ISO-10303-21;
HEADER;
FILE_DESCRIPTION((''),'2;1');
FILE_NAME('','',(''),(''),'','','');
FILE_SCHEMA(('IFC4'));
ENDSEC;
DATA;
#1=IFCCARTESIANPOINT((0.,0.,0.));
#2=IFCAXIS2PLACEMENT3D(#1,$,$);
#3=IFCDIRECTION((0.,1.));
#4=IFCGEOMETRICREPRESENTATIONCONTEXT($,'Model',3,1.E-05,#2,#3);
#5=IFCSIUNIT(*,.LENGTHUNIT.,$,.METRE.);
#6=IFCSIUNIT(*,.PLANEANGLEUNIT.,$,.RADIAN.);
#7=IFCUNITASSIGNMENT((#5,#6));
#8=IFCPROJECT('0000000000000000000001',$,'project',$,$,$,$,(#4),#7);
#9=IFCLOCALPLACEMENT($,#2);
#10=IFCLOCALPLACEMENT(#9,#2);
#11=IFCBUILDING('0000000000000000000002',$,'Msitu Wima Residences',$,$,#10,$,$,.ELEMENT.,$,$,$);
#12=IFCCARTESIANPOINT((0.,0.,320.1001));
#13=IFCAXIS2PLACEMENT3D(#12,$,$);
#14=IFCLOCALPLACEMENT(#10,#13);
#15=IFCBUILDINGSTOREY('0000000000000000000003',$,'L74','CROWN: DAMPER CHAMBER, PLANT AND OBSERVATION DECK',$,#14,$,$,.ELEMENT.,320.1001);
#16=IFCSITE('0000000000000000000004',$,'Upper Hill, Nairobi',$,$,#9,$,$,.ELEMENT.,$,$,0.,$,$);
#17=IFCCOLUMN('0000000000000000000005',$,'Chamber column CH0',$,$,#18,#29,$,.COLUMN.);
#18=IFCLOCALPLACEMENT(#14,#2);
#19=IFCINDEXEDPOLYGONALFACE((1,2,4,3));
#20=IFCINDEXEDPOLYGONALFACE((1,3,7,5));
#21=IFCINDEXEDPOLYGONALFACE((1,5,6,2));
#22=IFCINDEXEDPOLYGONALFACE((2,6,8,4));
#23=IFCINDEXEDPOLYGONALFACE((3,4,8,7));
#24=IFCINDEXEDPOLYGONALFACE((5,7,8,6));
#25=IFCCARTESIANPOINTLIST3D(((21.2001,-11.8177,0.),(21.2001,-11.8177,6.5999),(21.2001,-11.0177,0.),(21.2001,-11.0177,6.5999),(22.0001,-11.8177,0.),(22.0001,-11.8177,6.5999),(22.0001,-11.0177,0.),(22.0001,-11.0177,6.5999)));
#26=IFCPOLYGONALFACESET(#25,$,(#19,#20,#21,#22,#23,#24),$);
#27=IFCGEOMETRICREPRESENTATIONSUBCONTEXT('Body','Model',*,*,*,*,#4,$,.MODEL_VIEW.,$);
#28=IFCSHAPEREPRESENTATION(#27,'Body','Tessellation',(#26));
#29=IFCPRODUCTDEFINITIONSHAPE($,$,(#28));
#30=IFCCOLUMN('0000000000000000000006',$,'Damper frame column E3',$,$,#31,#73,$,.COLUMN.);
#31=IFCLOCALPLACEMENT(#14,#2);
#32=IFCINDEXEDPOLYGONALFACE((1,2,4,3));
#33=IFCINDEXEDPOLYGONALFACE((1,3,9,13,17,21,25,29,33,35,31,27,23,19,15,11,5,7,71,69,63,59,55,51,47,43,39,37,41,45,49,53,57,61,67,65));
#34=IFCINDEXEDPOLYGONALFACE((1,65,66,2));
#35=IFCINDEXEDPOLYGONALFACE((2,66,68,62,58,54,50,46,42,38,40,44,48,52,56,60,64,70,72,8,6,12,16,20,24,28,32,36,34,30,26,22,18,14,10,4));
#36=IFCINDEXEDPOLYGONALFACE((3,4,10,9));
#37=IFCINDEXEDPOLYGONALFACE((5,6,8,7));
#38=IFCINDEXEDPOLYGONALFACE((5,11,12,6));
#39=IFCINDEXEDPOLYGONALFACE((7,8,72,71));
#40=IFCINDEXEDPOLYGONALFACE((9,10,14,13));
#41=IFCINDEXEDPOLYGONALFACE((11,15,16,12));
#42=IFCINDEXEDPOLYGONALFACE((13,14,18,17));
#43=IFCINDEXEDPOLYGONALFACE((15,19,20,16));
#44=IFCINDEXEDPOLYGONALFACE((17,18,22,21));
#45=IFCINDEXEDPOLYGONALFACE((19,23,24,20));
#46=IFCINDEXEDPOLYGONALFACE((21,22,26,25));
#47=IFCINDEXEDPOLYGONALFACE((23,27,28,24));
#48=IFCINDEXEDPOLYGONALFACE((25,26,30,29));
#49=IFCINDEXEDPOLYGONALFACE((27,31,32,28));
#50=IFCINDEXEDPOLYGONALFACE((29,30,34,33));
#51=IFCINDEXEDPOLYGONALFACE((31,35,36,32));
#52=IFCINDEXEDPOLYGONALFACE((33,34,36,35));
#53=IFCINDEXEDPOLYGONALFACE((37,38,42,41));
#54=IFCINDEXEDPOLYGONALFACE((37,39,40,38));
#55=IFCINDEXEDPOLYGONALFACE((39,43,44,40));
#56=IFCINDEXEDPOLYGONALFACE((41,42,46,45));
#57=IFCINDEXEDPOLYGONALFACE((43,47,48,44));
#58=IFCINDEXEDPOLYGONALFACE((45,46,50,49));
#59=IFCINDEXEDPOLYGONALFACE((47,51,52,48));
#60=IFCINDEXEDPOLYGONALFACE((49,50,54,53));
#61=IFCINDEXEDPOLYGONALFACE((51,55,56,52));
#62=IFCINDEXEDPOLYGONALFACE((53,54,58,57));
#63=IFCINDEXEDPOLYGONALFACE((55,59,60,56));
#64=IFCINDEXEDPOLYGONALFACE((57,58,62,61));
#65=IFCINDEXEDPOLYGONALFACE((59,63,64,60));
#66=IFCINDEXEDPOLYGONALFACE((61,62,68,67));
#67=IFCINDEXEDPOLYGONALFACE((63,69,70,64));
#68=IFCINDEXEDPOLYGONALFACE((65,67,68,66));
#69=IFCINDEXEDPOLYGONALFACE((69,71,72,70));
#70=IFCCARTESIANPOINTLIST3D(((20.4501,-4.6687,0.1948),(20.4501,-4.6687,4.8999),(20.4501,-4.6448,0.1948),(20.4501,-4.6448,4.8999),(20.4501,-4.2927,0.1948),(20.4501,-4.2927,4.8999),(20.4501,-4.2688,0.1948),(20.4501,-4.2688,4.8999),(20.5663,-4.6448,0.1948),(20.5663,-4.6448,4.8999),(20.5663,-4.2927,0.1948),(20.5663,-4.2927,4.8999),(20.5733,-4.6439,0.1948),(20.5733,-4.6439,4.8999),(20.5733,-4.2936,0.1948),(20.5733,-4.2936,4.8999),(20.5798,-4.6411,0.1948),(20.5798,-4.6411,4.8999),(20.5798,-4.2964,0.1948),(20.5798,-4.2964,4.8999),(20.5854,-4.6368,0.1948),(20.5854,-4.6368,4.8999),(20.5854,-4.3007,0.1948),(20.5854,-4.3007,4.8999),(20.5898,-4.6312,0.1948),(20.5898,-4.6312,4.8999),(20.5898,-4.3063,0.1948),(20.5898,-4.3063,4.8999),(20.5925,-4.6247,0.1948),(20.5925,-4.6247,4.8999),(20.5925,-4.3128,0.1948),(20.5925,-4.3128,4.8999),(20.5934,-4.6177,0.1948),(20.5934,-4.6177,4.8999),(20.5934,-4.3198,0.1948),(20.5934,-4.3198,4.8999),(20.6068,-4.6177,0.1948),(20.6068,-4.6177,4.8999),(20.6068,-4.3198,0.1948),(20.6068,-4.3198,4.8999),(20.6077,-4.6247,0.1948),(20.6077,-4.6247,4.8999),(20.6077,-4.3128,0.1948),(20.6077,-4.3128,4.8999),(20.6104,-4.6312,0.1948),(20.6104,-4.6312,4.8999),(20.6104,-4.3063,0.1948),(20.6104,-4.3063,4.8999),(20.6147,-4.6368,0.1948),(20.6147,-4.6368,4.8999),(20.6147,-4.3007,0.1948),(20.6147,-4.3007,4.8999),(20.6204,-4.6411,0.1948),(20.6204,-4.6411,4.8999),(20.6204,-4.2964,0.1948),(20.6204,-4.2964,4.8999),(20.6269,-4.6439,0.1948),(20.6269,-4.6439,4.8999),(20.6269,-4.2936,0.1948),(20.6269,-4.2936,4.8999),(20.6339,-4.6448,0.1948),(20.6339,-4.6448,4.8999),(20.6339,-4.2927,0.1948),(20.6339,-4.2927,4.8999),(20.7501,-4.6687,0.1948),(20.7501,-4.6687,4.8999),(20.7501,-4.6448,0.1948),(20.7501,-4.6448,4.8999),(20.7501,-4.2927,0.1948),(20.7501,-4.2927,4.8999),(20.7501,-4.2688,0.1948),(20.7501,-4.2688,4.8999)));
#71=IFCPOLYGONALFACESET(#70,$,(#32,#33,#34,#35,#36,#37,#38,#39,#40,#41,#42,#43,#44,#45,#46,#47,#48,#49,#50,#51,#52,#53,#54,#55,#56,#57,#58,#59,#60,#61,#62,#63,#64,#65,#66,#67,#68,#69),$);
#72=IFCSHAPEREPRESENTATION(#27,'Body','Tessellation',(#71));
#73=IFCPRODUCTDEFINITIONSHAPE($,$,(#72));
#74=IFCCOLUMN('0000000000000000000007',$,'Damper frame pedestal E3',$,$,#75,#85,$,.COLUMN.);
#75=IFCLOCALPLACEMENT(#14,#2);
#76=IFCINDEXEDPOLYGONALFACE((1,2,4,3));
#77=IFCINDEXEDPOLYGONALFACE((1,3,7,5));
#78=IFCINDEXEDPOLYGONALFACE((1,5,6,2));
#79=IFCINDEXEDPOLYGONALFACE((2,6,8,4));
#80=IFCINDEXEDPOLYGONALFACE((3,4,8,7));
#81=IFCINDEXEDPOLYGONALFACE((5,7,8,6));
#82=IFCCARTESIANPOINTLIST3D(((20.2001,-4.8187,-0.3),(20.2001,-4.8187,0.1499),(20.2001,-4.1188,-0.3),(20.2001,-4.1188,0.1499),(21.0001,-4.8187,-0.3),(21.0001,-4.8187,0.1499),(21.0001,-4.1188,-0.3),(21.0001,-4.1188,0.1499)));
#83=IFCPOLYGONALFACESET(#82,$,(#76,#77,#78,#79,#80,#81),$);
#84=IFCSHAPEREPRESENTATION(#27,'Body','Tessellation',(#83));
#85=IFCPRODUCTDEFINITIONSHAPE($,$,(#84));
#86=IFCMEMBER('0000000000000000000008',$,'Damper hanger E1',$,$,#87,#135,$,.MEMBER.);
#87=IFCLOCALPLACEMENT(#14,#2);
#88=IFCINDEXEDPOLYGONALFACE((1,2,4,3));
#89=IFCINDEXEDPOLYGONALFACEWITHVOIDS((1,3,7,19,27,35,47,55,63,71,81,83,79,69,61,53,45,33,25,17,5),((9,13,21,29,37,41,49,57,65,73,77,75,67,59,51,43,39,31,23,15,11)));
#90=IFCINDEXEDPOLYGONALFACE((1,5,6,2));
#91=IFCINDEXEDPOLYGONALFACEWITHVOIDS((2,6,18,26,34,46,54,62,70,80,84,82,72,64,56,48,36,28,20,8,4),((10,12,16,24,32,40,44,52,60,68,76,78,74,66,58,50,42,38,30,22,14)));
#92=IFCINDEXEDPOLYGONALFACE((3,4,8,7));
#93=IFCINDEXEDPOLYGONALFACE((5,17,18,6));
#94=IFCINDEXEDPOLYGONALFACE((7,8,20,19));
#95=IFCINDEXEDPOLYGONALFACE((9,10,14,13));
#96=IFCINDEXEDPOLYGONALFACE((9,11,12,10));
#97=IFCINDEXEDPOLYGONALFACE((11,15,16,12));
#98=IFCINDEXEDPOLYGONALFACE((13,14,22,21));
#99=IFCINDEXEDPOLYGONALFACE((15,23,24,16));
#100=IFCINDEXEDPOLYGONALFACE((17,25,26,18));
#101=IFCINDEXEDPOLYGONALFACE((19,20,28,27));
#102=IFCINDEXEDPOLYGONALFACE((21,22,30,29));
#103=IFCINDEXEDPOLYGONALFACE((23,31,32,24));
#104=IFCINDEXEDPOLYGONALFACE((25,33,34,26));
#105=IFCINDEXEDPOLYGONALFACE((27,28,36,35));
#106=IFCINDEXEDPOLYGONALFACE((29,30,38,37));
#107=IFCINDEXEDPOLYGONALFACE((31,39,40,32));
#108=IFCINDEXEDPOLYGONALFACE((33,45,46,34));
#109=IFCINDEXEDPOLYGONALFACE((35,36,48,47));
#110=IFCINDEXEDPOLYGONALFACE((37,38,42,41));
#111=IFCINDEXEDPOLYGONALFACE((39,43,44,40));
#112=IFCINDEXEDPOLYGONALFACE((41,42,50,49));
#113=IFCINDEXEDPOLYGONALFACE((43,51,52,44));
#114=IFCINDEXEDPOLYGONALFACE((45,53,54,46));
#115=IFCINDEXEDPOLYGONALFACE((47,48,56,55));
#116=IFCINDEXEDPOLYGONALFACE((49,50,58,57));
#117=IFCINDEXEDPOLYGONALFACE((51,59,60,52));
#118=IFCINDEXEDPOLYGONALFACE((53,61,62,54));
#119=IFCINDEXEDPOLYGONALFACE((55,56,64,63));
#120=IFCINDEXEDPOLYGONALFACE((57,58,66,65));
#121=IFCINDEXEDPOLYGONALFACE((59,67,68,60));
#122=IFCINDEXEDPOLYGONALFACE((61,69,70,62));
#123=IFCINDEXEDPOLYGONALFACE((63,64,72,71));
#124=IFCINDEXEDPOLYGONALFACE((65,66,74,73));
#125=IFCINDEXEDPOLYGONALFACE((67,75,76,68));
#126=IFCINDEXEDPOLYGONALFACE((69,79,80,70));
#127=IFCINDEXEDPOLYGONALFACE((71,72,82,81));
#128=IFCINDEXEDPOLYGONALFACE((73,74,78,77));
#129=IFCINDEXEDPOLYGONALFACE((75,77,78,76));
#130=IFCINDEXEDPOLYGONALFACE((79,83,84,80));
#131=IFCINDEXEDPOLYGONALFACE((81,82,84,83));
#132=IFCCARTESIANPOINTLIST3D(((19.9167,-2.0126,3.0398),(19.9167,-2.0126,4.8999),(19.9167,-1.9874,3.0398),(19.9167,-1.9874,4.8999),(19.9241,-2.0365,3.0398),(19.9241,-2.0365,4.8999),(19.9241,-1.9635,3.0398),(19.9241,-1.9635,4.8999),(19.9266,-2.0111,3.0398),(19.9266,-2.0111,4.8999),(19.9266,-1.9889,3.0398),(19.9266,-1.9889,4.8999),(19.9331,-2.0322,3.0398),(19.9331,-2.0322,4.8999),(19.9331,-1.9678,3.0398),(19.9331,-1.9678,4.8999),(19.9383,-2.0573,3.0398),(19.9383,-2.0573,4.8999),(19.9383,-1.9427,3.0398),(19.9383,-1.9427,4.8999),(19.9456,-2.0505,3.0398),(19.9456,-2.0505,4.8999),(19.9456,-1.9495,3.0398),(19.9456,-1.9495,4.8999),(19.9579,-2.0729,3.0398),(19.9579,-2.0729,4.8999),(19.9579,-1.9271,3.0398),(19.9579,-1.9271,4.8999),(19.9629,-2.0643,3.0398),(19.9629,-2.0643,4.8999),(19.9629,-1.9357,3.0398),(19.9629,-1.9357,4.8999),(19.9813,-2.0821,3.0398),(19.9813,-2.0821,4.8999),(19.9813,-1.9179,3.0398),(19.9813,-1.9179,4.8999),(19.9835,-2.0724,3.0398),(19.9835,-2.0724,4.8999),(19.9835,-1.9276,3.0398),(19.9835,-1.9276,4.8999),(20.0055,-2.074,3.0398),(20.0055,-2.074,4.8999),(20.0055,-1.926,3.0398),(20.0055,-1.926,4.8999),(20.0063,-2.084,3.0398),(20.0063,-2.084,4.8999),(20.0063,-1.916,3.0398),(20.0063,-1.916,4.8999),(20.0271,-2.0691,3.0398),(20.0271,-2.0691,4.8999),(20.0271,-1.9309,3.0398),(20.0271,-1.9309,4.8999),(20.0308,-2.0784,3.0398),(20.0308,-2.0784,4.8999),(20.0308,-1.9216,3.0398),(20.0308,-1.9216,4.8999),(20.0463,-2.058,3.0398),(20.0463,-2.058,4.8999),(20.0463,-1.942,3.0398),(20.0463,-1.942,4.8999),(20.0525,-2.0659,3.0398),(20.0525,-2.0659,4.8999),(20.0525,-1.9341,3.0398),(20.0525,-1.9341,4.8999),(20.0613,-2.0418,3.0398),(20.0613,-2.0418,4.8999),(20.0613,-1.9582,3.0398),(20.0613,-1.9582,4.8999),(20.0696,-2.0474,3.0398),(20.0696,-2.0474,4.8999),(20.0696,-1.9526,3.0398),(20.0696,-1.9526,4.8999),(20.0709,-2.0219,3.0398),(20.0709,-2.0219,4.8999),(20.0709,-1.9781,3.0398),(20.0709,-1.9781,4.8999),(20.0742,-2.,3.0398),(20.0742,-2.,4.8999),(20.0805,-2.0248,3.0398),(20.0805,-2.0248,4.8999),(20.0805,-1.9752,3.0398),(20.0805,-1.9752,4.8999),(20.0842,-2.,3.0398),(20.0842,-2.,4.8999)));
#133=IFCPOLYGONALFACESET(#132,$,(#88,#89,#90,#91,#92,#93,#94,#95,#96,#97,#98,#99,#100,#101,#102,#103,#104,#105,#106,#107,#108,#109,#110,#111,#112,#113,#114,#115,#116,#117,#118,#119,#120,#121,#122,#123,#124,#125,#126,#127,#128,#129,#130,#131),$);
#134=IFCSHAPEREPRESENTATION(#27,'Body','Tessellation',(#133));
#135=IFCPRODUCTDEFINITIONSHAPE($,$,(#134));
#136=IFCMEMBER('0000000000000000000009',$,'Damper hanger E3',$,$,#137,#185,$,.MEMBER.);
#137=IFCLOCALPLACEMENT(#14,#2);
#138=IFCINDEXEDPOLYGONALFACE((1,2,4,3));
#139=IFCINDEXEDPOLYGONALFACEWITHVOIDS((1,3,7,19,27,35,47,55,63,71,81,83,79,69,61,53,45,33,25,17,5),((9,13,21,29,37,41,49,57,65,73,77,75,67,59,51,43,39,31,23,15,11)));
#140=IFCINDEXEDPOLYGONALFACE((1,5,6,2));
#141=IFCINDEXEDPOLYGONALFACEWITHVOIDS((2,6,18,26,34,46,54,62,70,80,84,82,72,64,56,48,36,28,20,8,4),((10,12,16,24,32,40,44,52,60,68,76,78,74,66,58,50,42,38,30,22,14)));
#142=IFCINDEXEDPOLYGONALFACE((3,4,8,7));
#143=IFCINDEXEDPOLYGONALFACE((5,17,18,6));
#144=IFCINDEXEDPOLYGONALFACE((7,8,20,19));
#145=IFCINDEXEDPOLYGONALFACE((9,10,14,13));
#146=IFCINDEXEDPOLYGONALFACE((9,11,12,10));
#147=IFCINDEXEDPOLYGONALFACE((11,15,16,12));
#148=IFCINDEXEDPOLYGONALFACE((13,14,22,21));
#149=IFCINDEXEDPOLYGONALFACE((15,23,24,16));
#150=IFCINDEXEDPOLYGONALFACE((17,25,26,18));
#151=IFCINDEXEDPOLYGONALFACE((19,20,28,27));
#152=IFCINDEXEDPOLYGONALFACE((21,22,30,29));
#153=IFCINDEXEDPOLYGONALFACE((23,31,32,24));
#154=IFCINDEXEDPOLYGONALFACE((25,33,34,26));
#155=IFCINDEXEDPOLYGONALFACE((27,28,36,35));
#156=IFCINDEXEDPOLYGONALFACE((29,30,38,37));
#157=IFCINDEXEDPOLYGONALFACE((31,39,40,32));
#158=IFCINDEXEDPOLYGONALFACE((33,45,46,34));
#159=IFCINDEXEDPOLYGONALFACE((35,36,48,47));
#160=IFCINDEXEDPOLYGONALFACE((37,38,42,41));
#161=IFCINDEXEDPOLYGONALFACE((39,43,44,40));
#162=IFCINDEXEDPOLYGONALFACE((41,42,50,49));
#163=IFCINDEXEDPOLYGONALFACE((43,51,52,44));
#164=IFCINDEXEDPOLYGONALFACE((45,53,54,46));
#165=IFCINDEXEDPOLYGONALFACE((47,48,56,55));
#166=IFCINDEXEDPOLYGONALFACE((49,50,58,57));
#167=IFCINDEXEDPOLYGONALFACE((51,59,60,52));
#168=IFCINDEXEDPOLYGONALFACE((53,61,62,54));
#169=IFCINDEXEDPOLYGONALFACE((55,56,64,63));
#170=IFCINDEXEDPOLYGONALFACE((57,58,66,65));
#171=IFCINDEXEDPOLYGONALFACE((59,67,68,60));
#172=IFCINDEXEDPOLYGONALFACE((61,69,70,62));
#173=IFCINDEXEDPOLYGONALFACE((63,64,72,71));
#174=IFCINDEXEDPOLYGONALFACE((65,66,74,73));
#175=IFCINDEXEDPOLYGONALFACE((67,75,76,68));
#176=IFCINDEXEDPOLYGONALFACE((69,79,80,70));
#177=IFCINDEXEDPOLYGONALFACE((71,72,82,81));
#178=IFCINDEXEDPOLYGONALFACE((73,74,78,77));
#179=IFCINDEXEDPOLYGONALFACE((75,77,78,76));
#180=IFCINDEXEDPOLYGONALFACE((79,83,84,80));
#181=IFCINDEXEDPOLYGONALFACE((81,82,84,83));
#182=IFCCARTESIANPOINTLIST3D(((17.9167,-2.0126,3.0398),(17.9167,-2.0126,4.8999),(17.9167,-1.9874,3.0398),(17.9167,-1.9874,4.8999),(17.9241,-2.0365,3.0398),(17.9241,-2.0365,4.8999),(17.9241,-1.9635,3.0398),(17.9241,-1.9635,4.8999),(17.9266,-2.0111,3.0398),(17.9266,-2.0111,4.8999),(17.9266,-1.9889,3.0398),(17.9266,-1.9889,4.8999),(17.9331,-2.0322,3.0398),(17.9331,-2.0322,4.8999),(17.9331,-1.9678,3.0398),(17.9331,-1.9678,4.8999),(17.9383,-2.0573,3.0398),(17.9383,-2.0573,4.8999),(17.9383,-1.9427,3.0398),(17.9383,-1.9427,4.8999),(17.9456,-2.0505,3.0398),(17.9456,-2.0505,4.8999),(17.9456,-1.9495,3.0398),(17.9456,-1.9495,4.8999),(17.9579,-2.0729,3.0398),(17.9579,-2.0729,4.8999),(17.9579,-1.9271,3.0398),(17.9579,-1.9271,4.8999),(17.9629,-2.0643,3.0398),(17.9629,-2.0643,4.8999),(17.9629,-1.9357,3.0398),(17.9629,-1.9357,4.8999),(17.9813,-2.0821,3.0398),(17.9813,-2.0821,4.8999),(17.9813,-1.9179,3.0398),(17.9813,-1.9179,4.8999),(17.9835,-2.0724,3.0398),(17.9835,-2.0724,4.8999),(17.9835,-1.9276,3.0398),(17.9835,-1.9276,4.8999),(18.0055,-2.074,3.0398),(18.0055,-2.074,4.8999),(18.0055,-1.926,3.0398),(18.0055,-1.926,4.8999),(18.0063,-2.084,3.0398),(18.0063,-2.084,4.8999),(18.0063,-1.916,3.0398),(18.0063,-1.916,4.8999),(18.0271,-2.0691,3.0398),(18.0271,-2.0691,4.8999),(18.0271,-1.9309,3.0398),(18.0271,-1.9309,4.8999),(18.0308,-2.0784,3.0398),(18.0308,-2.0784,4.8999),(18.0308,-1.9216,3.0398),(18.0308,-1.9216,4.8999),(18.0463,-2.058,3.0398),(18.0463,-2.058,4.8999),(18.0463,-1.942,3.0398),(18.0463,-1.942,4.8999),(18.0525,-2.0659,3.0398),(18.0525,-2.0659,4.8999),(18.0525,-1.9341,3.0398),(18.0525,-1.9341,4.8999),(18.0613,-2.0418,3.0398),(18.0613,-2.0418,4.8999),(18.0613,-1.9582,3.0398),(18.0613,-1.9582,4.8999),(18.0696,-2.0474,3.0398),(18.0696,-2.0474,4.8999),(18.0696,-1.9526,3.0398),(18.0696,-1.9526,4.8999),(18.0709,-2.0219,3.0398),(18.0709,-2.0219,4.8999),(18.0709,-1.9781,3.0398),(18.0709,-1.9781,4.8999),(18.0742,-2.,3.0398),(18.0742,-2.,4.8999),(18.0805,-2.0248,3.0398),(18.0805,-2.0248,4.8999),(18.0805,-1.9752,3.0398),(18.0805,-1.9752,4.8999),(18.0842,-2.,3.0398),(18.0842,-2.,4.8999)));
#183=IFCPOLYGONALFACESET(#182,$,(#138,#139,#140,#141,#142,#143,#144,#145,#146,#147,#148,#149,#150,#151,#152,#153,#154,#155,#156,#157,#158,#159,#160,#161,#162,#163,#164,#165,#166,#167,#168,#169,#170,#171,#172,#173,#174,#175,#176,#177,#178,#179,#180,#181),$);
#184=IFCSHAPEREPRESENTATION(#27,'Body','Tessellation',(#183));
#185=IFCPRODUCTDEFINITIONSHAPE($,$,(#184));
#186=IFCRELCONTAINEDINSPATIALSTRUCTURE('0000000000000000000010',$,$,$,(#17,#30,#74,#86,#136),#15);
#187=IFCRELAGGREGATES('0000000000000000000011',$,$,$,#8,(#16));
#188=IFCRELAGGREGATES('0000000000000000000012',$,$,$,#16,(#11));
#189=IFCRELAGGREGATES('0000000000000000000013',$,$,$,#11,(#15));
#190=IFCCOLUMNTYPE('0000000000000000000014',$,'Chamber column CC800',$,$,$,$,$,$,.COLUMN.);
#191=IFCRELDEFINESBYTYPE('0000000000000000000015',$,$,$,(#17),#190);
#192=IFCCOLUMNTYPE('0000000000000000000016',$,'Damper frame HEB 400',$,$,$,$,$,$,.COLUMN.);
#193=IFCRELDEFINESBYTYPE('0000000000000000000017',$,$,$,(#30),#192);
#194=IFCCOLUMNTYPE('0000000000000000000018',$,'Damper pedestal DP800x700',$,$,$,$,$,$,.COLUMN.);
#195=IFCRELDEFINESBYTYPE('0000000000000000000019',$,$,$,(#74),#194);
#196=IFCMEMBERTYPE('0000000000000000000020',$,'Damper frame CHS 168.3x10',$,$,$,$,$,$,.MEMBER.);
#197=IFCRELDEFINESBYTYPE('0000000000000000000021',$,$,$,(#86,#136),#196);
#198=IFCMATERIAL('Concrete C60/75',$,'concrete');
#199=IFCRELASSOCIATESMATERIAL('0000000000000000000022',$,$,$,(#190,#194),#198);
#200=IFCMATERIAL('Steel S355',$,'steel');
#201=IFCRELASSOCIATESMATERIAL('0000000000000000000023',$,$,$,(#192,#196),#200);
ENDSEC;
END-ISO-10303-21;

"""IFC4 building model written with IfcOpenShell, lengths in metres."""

from ifc_helpers import new_model, si_unit, direction, frame, origin, origin_2d, place, context, subcontext, project, spatial, rectangle, hollow_circle, i_section, extrude, material, material_profile, profile_set, type_object, element, save


model = new_model("IFC4")

# Units and contexts
model_context = context("Model", 3, precision=1e-05, world=origin(), true_north=direction((0.0, 1.0)))
body_context = subcontext(model_context, "Body", "Model", "MODEL_VIEW")
ifc_project = project(units=[si_unit("LENGTHUNIT", "METRE"), si_unit("PLANEANGLEUNIT", "RADIAN")], contexts=[model_context])

# Site, building, storey
site_placement = place(None, origin())
site = spatial("IfcSite", under=ifc_project, at=site_placement, Name="Upper Hill, Nairobi", CompositionType="ELEMENT", RefElevation=0.0)
building_placement = place(site_placement, origin())
building = spatial("IfcBuilding", under=site, at=building_placement, Name="Msitu Wima Residences", CompositionType="ELEMENT")
storey_placement = place(building_placement, frame((0.0, 0.0, 320.1001)))
storey = spatial("IfcBuildingStorey", under=building, at=storey_placement, Name="L74", Description="CROWN: DAMPER CHAMBER, PLANT AND OBSERVATION DECK", CompositionType="ELEMENT", Elevation=320.1001)

# Columns
ifc_material_1 = material(Name="Concrete C60/75", Category="concrete")
ifc_material_profile_1 = material_profile(ifc_material_1, rectangle(XDim=0.8, YDim=0.8, at=origin_2d()), Name="RC 800x800")
ifc_profile_set_1 = profile_set([ifc_material_profile_1], Name="Concrete C60/75")
column_type_1 = type_object("IfcColumnType", Name="Chamber column CC800", PredefinedType="COLUMN", material=ifc_profile_set_1)
column_1_placement = place(storey_placement, frame((21.6001, -11.4177, 0.0), z_axis=(0.0, 0.0, 1.0), x_axis=(1.0, 0.0, 0.0)))
element("IfcColumn", 1, at=column_1_placement, inside=storey, type_object=column_type_1, Name="Chamber column CH0", PredefinedType="COLUMN", context=body_context, shape_type="SweptSolid", body=[
    extrude(rectangle(XDim=0.8, YDim=0.8, at=origin_2d()), origin(), (0.0, 0.0, 1.0), 6.5999),
])
ifc_material_2 = material(Name="Steel S355", Category="steel")
ifc_material_profile_2 = material_profile(ifc_material_2, i_section(OverallWidth=0.3, OverallDepth=0.3999, WebThickness=0.0134, FlangeThickness=0.0239, FilletRadius=0.0271, at=origin_2d()), Name="HEB 400")
ifc_profile_set_2 = profile_set([ifc_material_profile_2], Name="Steel S355")
column_type_2 = type_object("IfcColumnType", Name="Damper frame HEB 400", PredefinedType="COLUMN", material=ifc_profile_set_2)
column_2_placement = place(storey_placement, frame((20.6001, -4.4688, 0.1948), z_axis=(0.0, 0.0, 1.0), x_axis=(1.0, 0.0, 0.0)))
element("IfcColumn", 2, at=column_2_placement, inside=storey, type_object=column_type_2, Name="Damper frame column E3", PredefinedType="COLUMN", context=body_context, shape_type="SweptSolid", body=[
    extrude(i_section(OverallWidth=0.3, OverallDepth=0.3999, WebThickness=0.0134, FlangeThickness=0.0239, FilletRadius=0.0271, at=origin_2d()), origin(), (0.0, 0.0, 1.0), 4.7051),
])
ifc_material_profile_3 = material_profile(ifc_material_1, rectangle(XDim=0.8, YDim=0.7, at=origin_2d()), Name="RC 800x700")
ifc_profile_set_3 = profile_set([ifc_material_profile_3], Name="Concrete C60/75")
column_type_3 = type_object("IfcColumnType", Name="Damper pedestal DP800x700", PredefinedType="COLUMN", material=ifc_profile_set_3)
column_3_placement = place(storey_placement, frame((20.6001, -4.4688, -0.3), z_axis=(0.0, 0.0, 1.0), x_axis=(1.0, 0.0, 0.0)))
element("IfcColumn", 3, at=column_3_placement, inside=storey, type_object=column_type_3, Name="Damper frame pedestal E3", PredefinedType="COLUMN", context=body_context, shape_type="SweptSolid", body=[
    extrude(rectangle(XDim=0.8, YDim=0.7, at=origin_2d()), origin(), (0.0, 0.0, 1.0), 0.45),
])

# Members
ifc_material_profile_4 = material_profile(ifc_material_2, hollow_circle(Radius=0.0842, WallThickness=0.01, at=origin_2d()), Name="CHS 168.3x10")
ifc_profile_set_4 = profile_set([ifc_material_profile_4], Name="Steel S355")
member_type_1 = type_object("IfcMemberType", Name="Damper frame CHS 168.3x10", PredefinedType="MEMBER", material=ifc_profile_set_4)
for number, where, z_axis, x_axis, name in (
    (4, (20.0, -2.0, 3.0398), (0.0, 0.0, 1.0), (1.0, 0.0, 0.0), "Damper hanger E1"),
    (5, (18.0, -2.0, 3.0398), (0.0, 0.0, 1.0), (1.0, 0.0, 0.0), "Damper hanger E3"),
):
    element("IfcMember", number, at=place(storey_placement, frame(where, z_axis=z_axis, x_axis=x_axis)), inside=storey, type_object=member_type_1, Name=name, PredefinedType="MEMBER", context=body_context, shape_type="SweptSolid", body=[
        extrude(hollow_circle(Radius=0.0842, WallThickness=0.01, at=origin_2d()), origin(), (0.0, 0.0, 1.0), 1.8601),
    ])

save(model, "model.ifc")
